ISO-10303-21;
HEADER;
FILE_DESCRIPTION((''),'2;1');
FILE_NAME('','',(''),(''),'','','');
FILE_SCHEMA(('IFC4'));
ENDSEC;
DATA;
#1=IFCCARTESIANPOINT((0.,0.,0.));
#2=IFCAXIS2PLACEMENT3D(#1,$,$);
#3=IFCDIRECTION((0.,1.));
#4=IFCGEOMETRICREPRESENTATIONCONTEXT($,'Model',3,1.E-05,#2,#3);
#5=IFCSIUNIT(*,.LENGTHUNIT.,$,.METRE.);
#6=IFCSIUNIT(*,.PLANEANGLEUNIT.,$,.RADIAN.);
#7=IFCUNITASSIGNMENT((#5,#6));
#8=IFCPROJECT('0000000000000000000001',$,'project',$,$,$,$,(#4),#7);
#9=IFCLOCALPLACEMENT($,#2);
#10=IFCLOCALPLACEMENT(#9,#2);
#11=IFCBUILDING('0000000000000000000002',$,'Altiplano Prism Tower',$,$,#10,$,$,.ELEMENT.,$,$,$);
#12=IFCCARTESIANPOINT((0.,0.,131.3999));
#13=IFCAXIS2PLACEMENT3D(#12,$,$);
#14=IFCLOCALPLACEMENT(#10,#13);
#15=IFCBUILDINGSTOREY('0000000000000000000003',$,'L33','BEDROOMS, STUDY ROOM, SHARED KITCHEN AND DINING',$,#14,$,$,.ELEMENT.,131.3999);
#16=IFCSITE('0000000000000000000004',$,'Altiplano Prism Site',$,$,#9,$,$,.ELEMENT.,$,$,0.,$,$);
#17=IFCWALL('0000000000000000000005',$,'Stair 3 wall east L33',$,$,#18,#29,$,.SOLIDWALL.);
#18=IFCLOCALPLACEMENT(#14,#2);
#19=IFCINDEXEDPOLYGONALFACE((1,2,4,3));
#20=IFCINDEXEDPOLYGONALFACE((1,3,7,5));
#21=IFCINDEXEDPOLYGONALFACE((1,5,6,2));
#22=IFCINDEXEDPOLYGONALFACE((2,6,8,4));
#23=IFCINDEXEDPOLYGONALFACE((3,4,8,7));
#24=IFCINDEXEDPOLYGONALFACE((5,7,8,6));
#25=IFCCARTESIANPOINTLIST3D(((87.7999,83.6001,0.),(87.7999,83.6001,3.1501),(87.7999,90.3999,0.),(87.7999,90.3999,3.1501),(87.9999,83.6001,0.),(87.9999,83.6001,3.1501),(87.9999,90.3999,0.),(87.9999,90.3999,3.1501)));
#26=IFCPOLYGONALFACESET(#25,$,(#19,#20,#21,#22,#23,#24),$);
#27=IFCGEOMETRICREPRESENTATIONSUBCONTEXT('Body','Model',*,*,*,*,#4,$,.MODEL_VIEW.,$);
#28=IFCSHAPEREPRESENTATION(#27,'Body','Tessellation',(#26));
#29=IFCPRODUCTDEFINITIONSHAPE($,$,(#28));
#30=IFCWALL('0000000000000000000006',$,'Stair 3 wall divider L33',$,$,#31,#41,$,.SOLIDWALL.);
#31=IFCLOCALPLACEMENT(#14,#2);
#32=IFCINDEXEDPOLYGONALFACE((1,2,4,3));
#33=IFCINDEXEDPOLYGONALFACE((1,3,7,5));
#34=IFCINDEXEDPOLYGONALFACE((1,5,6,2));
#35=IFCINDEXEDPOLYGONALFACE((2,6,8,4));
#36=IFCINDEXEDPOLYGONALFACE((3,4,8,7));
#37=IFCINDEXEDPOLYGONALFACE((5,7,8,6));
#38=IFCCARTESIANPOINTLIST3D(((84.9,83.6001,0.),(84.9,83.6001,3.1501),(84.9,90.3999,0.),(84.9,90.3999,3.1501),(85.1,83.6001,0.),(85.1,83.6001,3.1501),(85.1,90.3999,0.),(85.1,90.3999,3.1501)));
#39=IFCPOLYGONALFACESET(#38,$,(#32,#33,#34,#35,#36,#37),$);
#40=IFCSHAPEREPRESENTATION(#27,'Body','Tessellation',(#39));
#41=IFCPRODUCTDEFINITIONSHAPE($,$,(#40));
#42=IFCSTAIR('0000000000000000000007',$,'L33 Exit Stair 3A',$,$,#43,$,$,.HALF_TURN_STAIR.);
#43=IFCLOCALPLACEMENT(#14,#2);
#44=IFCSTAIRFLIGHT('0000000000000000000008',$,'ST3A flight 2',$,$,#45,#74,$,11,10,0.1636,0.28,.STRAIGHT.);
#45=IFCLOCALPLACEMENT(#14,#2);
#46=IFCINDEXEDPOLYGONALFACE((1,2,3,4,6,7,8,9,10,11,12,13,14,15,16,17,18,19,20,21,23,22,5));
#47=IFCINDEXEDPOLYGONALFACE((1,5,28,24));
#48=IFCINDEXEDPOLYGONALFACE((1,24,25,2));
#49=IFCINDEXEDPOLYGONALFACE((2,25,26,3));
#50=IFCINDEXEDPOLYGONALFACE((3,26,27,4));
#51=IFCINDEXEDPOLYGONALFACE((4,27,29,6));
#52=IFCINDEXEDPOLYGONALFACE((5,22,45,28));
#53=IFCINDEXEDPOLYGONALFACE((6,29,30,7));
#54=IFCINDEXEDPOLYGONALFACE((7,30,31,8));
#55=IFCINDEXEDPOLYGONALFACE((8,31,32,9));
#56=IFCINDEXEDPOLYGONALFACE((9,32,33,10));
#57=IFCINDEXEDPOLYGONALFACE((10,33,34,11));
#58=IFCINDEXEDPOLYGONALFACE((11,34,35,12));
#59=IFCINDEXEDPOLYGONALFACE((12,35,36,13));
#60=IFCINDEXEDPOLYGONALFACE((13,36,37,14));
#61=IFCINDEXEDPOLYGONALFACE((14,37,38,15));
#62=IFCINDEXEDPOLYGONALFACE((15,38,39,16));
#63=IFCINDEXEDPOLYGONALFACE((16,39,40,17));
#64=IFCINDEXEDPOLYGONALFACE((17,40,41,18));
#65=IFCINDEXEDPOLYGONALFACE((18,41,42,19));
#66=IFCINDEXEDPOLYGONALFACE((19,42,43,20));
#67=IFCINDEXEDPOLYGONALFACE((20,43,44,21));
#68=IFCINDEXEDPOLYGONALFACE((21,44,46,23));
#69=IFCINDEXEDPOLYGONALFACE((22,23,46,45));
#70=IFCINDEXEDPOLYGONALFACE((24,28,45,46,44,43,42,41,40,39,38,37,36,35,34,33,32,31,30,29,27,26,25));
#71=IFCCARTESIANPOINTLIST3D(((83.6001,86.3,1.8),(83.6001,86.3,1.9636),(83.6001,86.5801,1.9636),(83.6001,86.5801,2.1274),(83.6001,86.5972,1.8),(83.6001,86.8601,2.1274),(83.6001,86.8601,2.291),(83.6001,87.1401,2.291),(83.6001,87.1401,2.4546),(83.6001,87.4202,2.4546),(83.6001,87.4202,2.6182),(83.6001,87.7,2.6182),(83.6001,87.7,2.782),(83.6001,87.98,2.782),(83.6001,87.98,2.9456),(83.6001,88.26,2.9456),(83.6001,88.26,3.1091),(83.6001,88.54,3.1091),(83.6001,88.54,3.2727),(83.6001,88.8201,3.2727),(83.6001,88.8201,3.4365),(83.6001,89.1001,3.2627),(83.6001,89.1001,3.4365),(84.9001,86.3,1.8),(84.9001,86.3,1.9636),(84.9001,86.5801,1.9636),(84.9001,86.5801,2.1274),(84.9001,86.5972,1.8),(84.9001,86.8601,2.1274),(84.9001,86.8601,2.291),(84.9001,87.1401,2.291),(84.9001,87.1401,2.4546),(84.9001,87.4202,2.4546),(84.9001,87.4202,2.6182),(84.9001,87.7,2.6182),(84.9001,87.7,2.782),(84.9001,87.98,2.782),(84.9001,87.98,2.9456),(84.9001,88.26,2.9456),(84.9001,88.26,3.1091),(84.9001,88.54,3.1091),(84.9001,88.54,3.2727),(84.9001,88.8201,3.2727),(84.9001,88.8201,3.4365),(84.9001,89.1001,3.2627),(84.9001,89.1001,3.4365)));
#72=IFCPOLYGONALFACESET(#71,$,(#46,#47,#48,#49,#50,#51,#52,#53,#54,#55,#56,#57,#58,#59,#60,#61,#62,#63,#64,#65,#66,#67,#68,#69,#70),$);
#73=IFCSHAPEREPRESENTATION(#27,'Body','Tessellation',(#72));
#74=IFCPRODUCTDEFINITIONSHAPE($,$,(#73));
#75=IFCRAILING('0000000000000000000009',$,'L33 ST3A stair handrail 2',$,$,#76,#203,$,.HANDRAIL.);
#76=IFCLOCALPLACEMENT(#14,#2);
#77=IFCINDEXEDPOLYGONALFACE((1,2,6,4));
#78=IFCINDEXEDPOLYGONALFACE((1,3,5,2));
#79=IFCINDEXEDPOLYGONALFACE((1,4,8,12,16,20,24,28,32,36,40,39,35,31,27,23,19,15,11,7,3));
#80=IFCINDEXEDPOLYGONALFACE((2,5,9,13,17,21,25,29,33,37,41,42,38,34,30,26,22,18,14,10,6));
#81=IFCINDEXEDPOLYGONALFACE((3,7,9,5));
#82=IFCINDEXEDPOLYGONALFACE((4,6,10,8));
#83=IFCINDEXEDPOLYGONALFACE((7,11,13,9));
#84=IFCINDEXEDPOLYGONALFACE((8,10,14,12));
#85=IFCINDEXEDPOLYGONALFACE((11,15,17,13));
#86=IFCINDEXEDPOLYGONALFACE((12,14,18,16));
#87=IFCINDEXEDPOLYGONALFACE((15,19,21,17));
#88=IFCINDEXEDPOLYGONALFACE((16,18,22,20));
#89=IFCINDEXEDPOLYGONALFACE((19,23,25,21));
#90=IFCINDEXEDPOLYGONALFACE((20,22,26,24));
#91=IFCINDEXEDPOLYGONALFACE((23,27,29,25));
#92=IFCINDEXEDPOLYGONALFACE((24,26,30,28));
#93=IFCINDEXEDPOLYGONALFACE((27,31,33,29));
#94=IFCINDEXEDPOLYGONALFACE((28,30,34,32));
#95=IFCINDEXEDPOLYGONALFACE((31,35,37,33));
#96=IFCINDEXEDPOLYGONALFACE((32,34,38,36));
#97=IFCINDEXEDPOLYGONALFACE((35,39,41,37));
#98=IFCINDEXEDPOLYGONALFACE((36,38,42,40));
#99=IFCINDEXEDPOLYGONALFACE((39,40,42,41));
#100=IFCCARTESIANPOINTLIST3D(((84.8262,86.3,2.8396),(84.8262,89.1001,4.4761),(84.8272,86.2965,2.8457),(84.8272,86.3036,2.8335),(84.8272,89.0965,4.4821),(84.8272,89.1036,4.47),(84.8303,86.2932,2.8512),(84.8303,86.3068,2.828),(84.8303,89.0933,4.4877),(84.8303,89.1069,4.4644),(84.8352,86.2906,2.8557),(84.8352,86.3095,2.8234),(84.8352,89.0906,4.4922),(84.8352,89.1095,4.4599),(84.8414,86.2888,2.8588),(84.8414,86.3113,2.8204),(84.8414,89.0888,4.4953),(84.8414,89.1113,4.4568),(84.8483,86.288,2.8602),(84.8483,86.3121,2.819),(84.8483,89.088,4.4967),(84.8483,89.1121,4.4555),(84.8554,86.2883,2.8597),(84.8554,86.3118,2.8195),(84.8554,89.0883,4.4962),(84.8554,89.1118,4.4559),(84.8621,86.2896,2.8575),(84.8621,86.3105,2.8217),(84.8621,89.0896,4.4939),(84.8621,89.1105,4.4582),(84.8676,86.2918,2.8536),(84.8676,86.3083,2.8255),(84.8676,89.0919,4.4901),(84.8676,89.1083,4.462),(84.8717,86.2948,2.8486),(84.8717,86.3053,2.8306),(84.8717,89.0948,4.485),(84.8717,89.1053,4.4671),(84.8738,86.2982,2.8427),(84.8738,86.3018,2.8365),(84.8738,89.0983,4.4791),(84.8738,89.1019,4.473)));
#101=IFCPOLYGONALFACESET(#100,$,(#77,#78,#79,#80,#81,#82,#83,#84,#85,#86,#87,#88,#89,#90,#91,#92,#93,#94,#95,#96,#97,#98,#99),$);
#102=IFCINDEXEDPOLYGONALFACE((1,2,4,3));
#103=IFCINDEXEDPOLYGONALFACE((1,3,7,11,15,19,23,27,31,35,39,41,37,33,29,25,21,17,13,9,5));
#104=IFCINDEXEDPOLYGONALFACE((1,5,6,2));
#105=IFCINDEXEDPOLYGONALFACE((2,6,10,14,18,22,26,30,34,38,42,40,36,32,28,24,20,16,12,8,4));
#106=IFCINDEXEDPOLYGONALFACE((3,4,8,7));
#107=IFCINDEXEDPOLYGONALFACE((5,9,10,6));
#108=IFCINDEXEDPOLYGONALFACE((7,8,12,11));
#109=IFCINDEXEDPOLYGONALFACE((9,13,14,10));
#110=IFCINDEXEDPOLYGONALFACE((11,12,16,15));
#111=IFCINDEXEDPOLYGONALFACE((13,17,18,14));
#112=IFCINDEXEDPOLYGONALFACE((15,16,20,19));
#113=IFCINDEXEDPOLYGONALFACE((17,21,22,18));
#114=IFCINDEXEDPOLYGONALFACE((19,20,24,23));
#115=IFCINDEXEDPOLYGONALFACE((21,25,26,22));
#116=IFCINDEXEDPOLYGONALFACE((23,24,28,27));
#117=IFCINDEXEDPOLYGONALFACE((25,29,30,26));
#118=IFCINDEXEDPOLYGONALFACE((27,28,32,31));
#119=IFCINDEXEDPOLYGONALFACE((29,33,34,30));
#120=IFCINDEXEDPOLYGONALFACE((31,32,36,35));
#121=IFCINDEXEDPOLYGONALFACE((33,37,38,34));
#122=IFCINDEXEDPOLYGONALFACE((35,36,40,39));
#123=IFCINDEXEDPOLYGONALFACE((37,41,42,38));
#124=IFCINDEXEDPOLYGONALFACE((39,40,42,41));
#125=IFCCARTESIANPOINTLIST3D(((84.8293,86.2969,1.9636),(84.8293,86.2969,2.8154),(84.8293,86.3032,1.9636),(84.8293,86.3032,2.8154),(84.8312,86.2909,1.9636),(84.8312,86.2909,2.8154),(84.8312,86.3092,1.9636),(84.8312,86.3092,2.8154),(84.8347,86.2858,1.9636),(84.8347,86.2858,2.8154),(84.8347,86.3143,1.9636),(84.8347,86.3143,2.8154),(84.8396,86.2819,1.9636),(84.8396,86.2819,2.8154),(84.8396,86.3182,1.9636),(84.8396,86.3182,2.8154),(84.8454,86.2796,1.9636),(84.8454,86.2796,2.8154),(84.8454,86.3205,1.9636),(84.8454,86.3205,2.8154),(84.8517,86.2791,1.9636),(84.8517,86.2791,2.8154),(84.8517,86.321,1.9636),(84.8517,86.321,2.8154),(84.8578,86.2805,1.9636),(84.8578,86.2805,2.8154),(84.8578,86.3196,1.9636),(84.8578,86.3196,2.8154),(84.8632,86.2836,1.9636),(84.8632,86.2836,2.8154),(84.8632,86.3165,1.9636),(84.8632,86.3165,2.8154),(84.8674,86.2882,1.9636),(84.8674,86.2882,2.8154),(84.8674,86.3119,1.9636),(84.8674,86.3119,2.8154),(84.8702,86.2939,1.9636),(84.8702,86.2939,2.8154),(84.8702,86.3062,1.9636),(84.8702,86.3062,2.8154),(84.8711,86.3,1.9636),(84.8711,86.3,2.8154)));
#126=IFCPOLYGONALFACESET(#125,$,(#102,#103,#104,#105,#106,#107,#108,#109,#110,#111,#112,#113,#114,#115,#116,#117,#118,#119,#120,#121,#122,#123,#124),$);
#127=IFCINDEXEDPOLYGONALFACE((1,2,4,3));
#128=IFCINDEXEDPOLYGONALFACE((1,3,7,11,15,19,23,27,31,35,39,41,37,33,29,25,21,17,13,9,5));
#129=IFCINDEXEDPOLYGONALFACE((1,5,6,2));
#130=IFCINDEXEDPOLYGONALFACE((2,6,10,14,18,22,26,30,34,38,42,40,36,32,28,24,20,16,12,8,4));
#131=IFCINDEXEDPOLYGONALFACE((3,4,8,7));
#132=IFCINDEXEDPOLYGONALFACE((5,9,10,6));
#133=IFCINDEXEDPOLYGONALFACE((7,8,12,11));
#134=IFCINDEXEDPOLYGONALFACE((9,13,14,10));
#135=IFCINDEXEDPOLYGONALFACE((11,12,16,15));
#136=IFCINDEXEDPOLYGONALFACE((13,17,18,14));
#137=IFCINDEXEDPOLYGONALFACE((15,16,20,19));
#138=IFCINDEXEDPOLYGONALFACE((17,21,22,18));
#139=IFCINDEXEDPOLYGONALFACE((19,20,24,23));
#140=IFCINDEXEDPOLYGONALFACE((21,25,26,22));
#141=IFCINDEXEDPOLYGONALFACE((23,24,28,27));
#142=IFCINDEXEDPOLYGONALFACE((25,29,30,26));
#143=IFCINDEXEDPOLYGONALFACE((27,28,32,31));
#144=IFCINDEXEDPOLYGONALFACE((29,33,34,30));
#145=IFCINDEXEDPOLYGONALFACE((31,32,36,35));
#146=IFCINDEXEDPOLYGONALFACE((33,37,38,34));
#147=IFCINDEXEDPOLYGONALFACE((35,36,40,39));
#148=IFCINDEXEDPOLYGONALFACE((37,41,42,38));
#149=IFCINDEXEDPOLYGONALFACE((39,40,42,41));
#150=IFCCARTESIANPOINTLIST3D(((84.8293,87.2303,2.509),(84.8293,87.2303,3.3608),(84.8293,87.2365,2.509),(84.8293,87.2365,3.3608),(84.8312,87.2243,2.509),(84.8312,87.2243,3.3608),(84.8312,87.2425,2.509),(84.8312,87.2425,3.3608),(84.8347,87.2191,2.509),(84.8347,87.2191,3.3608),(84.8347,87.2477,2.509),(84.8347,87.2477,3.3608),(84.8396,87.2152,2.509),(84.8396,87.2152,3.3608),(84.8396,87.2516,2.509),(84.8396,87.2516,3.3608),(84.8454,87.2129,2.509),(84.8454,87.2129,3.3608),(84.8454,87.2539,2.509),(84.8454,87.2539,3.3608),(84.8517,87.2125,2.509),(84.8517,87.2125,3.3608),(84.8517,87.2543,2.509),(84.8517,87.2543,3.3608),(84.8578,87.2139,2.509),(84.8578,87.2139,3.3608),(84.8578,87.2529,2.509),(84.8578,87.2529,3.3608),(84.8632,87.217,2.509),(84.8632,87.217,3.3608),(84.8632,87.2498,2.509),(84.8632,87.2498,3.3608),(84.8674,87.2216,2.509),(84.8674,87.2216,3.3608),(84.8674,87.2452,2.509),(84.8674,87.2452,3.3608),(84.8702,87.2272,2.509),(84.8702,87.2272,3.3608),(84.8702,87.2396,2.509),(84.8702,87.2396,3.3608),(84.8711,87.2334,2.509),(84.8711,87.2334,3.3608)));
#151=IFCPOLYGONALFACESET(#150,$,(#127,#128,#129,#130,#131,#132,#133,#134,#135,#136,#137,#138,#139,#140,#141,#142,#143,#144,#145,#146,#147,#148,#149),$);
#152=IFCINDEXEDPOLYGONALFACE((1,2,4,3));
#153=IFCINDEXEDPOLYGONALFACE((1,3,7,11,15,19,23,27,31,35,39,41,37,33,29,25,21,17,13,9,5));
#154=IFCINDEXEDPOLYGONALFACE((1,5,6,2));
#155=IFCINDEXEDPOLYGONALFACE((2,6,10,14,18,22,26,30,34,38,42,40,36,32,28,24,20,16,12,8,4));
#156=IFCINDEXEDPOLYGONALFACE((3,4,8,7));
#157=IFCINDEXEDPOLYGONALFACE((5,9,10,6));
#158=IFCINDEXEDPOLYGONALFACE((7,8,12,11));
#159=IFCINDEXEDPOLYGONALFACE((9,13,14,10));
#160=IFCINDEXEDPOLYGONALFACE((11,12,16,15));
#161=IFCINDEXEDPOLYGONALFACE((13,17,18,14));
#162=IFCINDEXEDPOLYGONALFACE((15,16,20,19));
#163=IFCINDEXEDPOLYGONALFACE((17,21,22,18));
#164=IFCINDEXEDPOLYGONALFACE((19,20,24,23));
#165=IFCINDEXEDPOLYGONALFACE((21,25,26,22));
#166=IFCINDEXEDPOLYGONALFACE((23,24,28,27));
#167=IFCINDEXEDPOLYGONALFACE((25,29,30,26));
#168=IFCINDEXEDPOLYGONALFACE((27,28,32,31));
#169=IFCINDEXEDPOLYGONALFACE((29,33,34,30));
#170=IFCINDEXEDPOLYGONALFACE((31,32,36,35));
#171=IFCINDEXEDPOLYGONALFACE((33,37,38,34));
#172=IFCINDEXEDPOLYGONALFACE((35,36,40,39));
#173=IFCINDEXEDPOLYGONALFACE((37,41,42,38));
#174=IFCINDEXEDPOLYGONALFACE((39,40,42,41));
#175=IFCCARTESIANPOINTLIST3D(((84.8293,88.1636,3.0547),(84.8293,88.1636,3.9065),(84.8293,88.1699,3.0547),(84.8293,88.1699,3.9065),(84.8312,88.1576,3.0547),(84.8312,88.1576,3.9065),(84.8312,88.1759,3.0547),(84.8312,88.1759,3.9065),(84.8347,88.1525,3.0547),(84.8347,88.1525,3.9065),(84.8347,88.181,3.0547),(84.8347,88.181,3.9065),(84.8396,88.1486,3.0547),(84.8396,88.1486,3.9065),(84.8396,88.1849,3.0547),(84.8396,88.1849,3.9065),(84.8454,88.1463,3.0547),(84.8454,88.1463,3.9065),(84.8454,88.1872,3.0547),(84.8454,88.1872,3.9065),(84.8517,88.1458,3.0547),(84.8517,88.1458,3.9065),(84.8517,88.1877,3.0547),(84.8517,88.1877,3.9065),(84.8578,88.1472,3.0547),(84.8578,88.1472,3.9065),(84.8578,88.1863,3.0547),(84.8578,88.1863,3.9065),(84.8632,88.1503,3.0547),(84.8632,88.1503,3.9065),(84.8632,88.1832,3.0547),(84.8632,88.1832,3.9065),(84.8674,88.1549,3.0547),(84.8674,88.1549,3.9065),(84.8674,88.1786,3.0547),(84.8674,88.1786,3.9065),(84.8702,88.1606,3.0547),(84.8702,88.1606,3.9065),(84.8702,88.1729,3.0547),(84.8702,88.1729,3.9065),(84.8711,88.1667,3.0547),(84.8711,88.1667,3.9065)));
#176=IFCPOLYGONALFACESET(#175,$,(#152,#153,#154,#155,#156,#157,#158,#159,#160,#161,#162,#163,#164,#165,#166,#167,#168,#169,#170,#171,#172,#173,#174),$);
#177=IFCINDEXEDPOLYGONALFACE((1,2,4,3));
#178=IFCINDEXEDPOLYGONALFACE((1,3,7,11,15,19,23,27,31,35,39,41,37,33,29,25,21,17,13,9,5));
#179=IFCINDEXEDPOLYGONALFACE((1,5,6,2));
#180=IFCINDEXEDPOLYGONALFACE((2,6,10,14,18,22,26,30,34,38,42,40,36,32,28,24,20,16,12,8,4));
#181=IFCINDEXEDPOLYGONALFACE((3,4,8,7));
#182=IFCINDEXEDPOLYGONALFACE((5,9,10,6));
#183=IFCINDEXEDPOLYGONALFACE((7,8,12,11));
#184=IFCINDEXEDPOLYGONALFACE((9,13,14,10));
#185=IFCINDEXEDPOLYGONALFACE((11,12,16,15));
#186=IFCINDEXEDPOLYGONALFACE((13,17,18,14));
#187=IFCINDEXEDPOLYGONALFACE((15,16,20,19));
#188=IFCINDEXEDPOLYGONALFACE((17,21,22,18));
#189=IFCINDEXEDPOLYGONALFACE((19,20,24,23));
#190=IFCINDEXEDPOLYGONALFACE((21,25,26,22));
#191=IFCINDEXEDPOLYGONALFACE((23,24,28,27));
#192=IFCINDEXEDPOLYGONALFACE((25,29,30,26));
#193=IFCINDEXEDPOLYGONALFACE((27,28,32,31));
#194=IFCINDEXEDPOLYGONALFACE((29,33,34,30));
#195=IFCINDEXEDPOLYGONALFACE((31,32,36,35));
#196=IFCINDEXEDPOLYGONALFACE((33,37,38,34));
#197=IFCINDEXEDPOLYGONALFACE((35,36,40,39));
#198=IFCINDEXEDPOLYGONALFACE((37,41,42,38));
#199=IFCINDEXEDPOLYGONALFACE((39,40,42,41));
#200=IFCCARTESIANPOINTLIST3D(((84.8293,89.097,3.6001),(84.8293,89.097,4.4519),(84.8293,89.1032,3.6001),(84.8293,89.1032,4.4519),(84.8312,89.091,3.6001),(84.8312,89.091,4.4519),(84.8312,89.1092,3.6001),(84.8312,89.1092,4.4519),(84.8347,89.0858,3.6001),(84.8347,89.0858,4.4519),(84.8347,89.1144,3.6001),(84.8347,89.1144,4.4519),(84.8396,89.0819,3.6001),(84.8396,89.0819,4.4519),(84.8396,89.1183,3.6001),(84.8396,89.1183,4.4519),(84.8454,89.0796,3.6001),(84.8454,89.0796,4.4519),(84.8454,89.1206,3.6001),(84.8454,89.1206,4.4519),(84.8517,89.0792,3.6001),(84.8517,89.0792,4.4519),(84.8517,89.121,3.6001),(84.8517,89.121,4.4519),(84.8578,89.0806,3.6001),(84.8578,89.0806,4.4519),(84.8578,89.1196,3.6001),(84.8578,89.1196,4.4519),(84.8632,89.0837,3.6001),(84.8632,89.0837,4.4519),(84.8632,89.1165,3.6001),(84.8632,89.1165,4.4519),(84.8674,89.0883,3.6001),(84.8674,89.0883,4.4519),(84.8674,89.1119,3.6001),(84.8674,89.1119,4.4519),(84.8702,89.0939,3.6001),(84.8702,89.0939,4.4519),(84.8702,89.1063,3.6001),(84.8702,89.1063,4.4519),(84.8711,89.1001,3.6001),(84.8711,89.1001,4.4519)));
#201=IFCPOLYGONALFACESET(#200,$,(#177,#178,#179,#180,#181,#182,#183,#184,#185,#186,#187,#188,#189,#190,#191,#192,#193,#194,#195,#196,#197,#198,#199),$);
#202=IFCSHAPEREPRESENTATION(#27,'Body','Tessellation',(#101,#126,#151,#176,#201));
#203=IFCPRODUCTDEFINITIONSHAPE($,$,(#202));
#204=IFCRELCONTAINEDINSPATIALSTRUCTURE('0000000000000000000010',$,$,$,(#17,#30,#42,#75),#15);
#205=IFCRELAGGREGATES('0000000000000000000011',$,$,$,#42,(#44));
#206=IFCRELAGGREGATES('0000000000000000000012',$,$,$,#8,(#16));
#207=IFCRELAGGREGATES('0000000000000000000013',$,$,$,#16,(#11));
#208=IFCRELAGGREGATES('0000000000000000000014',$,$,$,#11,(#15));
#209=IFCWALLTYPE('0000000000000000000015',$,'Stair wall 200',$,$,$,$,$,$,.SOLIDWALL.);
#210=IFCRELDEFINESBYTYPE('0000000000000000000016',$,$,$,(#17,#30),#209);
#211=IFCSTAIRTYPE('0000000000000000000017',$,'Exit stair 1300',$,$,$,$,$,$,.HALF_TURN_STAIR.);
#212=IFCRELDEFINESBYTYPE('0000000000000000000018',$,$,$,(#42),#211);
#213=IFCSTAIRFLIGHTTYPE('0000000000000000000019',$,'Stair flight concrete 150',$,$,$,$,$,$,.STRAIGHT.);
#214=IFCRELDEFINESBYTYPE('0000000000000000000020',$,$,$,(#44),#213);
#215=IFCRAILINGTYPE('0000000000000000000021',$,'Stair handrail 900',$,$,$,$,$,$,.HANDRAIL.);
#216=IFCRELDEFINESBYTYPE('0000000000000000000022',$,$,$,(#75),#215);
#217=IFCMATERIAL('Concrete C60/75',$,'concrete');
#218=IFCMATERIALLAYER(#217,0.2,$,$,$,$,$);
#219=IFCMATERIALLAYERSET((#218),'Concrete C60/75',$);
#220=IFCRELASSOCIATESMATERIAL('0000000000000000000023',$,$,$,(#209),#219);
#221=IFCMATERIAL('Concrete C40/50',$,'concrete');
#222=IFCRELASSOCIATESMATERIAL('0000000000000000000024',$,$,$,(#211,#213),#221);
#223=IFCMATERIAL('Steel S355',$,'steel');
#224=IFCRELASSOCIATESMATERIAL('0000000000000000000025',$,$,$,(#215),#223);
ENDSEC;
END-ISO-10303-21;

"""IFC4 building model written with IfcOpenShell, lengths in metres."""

from ifc_helpers import new_model, si_unit, direction, frame, frame_2d, origin, origin_2d, place, context, subcontext, project, spatial, polyline, rectangle, circle, outline, extrude, material, layer, layer_set, type_object, element, aggregate, save


model = new_model("IFC4")

# Units and contexts
model_context = context("Model", 3, precision=1e-05, world=origin(), true_north=direction((0.0, 1.0)))
body_context = subcontext(model_context, "Body", "Model", "MODEL_VIEW")
ifc_project = project(units=[si_unit("LENGTHUNIT", "METRE"), si_unit("PLANEANGLEUNIT", "RADIAN")], contexts=[model_context])

# Site, building, storey
site_placement = place(None, origin())
site = spatial("IfcSite", under=ifc_project, at=site_placement, Name="Altiplano Prism Site", CompositionType="ELEMENT", RefElevation=0.0)
building_placement = place(site_placement, origin())
building = spatial("IfcBuilding", under=site, at=building_placement, Name="Altiplano Prism Tower", CompositionType="ELEMENT")
storey_placement = place(building_placement, frame((0.0, 0.0, 131.3999)))
storey = spatial("IfcBuildingStorey", under=building, at=storey_placement, Name="L33", Description="BEDROOMS, STUDY ROOM, SHARED KITCHEN AND DINING", CompositionType="ELEMENT", Elevation=131.3999)

# Shared definitions
ifc_material_1 = material(Name="Concrete C60/75", Category="concrete")

# Walls
ifc_layer_1 = layer(ifc_material_1, 0.2)
ifc_layer_set_1 = layer_set([ifc_layer_1], Name="Concrete C60/75")
wall_type_1 = type_object("IfcWallType", Name="Stair wall 200", PredefinedType="SOLIDWALL", material=ifc_layer_set_1)
for number, where, z_axis, x_axis, name in (
    (1, (87.8999, 83.6001, 0.0), (0.0, 0.0, 1.0), (0.0, 1.0, 0.0), "Stair 3 wall east L33"),
    (2, (85.0, 83.6001, 0.0), (0.0, 0.0, 1.0), (0.0, 1.0, 0.0), "Stair 3 wall divider L33"),
):
    element("IfcWall", number, at=place(storey_placement, frame(where, z_axis=z_axis, x_axis=x_axis)), inside=storey, type_object=wall_type_1, Name=name, PredefinedType="SOLIDWALL", context=body_context, shape_type="SweptSolid", body=[
        extrude(rectangle(XDim=6.7998, YDim=0.2, at=frame_2d((3.3999, 0.0))), origin(), (0.0, 0.0, 1.0), 3.1501),
    ])

# Stair, stair flight
ifc_material_2 = material(Name="Concrete C40/50", Category="concrete")
stair_type = type_object("IfcStairType", Name="Exit stair 1300", PredefinedType="HALF_TURN_STAIR", material=ifc_material_2)
stair_placement = place(storey_placement, origin())
stair = element("IfcStair", 3, at=stair_placement, inside=storey, type_object=stair_type, Name="L33 Exit Stair 3A", PredefinedType="HALF_TURN_STAIR")
stair_flight_type = type_object("IfcStairFlightType", Name="Stair flight concrete 150", PredefinedType="STRAIGHT", material=ifc_material_2)
stair_flight_placement = place(storey_placement, frame((84.25, 86.3, 1.8), z_axis=(0.0, 0.0, 1.0), x_axis=(0.0, 1.0, 0.0)))
stair_flight = element("IfcStairFlight", 4, at=stair_flight_placement, type_object=stair_flight_type, Name="ST3A flight 2", NumberOfRisers=11, NumberOfTreads=10, PredefinedType="STRAIGHT", RiserHeight=0.1636, TreadLength=0.28, context=body_context, shape_type="SweptSolid", body=[
    extrude(outline(polyline([(0.0, 0.0), (0.0, 0.1636), (0.28, 0.1636), (0.28, 0.3274), (0.5601, 0.3274), (0.5601, 0.491), (0.8401, 0.491), (0.8401, 0.6545), (1.1201, 0.6545), (1.1201, 0.8181), (1.3999, 0.8181), (1.3999, 0.9819), (1.6799, 0.9819), (1.6799, 1.1455), (1.96, 1.1455), (1.96, 1.3091), (2.24, 1.3091), (2.24, 1.4727), (2.52, 1.4727), (2.52, 1.6365), (2.8, 1.6365), (2.8, 1.8), (2.8, 1.4626), (0.2971, 0.0), (0.0, 0.0)])), frame((0.0, 0.6499, 0.0), z_axis=(0.0, -1.0, 0.0), x_axis=(1.0, 0.0, 0.0)), (0.0, 0.0, 1.0), 1.3),
])
aggregate(stair, [stair_flight])

# Railing
ifc_material_3 = material(Name="Steel S355", Category="steel")
railing_type = type_object("IfcRailingType", Name="Stair handrail 900", PredefinedType="HANDRAIL", material=ifc_material_3)
railing_placement = place(storey_placement, frame((84.8501, 86.3, 1.9636)))
element("IfcRailing", 5, at=railing_placement, inside=storey, type_object=railing_type, Name="L33 ST3A stair handrail 2", PredefinedType="HANDRAIL", context=body_context, shape_type="SweptSolid", body=[
    extrude(circle(Radius=0.0239, at=origin_2d()), frame((0.0, 0.0, 0.876), z_axis=(0.0, 0.863361, 0.504587), x_axis=(-1.0, 0.0, 0.0)), (0.0, 0.0, 1.0), 3.2432),
    extrude(circle(Radius=0.021, at=origin_2d()), origin(), (0.0, 0.0, 1.0), 0.8518),
    extrude(circle(Radius=0.021, at=origin_2d()), frame((0.0, 0.9333, 0.5454)), (0.0, 0.0, 1.0), 0.8518),
    extrude(circle(Radius=0.021, at=origin_2d()), frame((0.0, 1.8667, 1.0911)), (0.0, 0.0, 1.0), 0.8518),
    extrude(circle(Radius=0.021, at=origin_2d()), frame((0.0, 2.8, 1.6365)), (0.0, 0.0, 1.0), 0.8518),
])

save(model, "model.ifc")
